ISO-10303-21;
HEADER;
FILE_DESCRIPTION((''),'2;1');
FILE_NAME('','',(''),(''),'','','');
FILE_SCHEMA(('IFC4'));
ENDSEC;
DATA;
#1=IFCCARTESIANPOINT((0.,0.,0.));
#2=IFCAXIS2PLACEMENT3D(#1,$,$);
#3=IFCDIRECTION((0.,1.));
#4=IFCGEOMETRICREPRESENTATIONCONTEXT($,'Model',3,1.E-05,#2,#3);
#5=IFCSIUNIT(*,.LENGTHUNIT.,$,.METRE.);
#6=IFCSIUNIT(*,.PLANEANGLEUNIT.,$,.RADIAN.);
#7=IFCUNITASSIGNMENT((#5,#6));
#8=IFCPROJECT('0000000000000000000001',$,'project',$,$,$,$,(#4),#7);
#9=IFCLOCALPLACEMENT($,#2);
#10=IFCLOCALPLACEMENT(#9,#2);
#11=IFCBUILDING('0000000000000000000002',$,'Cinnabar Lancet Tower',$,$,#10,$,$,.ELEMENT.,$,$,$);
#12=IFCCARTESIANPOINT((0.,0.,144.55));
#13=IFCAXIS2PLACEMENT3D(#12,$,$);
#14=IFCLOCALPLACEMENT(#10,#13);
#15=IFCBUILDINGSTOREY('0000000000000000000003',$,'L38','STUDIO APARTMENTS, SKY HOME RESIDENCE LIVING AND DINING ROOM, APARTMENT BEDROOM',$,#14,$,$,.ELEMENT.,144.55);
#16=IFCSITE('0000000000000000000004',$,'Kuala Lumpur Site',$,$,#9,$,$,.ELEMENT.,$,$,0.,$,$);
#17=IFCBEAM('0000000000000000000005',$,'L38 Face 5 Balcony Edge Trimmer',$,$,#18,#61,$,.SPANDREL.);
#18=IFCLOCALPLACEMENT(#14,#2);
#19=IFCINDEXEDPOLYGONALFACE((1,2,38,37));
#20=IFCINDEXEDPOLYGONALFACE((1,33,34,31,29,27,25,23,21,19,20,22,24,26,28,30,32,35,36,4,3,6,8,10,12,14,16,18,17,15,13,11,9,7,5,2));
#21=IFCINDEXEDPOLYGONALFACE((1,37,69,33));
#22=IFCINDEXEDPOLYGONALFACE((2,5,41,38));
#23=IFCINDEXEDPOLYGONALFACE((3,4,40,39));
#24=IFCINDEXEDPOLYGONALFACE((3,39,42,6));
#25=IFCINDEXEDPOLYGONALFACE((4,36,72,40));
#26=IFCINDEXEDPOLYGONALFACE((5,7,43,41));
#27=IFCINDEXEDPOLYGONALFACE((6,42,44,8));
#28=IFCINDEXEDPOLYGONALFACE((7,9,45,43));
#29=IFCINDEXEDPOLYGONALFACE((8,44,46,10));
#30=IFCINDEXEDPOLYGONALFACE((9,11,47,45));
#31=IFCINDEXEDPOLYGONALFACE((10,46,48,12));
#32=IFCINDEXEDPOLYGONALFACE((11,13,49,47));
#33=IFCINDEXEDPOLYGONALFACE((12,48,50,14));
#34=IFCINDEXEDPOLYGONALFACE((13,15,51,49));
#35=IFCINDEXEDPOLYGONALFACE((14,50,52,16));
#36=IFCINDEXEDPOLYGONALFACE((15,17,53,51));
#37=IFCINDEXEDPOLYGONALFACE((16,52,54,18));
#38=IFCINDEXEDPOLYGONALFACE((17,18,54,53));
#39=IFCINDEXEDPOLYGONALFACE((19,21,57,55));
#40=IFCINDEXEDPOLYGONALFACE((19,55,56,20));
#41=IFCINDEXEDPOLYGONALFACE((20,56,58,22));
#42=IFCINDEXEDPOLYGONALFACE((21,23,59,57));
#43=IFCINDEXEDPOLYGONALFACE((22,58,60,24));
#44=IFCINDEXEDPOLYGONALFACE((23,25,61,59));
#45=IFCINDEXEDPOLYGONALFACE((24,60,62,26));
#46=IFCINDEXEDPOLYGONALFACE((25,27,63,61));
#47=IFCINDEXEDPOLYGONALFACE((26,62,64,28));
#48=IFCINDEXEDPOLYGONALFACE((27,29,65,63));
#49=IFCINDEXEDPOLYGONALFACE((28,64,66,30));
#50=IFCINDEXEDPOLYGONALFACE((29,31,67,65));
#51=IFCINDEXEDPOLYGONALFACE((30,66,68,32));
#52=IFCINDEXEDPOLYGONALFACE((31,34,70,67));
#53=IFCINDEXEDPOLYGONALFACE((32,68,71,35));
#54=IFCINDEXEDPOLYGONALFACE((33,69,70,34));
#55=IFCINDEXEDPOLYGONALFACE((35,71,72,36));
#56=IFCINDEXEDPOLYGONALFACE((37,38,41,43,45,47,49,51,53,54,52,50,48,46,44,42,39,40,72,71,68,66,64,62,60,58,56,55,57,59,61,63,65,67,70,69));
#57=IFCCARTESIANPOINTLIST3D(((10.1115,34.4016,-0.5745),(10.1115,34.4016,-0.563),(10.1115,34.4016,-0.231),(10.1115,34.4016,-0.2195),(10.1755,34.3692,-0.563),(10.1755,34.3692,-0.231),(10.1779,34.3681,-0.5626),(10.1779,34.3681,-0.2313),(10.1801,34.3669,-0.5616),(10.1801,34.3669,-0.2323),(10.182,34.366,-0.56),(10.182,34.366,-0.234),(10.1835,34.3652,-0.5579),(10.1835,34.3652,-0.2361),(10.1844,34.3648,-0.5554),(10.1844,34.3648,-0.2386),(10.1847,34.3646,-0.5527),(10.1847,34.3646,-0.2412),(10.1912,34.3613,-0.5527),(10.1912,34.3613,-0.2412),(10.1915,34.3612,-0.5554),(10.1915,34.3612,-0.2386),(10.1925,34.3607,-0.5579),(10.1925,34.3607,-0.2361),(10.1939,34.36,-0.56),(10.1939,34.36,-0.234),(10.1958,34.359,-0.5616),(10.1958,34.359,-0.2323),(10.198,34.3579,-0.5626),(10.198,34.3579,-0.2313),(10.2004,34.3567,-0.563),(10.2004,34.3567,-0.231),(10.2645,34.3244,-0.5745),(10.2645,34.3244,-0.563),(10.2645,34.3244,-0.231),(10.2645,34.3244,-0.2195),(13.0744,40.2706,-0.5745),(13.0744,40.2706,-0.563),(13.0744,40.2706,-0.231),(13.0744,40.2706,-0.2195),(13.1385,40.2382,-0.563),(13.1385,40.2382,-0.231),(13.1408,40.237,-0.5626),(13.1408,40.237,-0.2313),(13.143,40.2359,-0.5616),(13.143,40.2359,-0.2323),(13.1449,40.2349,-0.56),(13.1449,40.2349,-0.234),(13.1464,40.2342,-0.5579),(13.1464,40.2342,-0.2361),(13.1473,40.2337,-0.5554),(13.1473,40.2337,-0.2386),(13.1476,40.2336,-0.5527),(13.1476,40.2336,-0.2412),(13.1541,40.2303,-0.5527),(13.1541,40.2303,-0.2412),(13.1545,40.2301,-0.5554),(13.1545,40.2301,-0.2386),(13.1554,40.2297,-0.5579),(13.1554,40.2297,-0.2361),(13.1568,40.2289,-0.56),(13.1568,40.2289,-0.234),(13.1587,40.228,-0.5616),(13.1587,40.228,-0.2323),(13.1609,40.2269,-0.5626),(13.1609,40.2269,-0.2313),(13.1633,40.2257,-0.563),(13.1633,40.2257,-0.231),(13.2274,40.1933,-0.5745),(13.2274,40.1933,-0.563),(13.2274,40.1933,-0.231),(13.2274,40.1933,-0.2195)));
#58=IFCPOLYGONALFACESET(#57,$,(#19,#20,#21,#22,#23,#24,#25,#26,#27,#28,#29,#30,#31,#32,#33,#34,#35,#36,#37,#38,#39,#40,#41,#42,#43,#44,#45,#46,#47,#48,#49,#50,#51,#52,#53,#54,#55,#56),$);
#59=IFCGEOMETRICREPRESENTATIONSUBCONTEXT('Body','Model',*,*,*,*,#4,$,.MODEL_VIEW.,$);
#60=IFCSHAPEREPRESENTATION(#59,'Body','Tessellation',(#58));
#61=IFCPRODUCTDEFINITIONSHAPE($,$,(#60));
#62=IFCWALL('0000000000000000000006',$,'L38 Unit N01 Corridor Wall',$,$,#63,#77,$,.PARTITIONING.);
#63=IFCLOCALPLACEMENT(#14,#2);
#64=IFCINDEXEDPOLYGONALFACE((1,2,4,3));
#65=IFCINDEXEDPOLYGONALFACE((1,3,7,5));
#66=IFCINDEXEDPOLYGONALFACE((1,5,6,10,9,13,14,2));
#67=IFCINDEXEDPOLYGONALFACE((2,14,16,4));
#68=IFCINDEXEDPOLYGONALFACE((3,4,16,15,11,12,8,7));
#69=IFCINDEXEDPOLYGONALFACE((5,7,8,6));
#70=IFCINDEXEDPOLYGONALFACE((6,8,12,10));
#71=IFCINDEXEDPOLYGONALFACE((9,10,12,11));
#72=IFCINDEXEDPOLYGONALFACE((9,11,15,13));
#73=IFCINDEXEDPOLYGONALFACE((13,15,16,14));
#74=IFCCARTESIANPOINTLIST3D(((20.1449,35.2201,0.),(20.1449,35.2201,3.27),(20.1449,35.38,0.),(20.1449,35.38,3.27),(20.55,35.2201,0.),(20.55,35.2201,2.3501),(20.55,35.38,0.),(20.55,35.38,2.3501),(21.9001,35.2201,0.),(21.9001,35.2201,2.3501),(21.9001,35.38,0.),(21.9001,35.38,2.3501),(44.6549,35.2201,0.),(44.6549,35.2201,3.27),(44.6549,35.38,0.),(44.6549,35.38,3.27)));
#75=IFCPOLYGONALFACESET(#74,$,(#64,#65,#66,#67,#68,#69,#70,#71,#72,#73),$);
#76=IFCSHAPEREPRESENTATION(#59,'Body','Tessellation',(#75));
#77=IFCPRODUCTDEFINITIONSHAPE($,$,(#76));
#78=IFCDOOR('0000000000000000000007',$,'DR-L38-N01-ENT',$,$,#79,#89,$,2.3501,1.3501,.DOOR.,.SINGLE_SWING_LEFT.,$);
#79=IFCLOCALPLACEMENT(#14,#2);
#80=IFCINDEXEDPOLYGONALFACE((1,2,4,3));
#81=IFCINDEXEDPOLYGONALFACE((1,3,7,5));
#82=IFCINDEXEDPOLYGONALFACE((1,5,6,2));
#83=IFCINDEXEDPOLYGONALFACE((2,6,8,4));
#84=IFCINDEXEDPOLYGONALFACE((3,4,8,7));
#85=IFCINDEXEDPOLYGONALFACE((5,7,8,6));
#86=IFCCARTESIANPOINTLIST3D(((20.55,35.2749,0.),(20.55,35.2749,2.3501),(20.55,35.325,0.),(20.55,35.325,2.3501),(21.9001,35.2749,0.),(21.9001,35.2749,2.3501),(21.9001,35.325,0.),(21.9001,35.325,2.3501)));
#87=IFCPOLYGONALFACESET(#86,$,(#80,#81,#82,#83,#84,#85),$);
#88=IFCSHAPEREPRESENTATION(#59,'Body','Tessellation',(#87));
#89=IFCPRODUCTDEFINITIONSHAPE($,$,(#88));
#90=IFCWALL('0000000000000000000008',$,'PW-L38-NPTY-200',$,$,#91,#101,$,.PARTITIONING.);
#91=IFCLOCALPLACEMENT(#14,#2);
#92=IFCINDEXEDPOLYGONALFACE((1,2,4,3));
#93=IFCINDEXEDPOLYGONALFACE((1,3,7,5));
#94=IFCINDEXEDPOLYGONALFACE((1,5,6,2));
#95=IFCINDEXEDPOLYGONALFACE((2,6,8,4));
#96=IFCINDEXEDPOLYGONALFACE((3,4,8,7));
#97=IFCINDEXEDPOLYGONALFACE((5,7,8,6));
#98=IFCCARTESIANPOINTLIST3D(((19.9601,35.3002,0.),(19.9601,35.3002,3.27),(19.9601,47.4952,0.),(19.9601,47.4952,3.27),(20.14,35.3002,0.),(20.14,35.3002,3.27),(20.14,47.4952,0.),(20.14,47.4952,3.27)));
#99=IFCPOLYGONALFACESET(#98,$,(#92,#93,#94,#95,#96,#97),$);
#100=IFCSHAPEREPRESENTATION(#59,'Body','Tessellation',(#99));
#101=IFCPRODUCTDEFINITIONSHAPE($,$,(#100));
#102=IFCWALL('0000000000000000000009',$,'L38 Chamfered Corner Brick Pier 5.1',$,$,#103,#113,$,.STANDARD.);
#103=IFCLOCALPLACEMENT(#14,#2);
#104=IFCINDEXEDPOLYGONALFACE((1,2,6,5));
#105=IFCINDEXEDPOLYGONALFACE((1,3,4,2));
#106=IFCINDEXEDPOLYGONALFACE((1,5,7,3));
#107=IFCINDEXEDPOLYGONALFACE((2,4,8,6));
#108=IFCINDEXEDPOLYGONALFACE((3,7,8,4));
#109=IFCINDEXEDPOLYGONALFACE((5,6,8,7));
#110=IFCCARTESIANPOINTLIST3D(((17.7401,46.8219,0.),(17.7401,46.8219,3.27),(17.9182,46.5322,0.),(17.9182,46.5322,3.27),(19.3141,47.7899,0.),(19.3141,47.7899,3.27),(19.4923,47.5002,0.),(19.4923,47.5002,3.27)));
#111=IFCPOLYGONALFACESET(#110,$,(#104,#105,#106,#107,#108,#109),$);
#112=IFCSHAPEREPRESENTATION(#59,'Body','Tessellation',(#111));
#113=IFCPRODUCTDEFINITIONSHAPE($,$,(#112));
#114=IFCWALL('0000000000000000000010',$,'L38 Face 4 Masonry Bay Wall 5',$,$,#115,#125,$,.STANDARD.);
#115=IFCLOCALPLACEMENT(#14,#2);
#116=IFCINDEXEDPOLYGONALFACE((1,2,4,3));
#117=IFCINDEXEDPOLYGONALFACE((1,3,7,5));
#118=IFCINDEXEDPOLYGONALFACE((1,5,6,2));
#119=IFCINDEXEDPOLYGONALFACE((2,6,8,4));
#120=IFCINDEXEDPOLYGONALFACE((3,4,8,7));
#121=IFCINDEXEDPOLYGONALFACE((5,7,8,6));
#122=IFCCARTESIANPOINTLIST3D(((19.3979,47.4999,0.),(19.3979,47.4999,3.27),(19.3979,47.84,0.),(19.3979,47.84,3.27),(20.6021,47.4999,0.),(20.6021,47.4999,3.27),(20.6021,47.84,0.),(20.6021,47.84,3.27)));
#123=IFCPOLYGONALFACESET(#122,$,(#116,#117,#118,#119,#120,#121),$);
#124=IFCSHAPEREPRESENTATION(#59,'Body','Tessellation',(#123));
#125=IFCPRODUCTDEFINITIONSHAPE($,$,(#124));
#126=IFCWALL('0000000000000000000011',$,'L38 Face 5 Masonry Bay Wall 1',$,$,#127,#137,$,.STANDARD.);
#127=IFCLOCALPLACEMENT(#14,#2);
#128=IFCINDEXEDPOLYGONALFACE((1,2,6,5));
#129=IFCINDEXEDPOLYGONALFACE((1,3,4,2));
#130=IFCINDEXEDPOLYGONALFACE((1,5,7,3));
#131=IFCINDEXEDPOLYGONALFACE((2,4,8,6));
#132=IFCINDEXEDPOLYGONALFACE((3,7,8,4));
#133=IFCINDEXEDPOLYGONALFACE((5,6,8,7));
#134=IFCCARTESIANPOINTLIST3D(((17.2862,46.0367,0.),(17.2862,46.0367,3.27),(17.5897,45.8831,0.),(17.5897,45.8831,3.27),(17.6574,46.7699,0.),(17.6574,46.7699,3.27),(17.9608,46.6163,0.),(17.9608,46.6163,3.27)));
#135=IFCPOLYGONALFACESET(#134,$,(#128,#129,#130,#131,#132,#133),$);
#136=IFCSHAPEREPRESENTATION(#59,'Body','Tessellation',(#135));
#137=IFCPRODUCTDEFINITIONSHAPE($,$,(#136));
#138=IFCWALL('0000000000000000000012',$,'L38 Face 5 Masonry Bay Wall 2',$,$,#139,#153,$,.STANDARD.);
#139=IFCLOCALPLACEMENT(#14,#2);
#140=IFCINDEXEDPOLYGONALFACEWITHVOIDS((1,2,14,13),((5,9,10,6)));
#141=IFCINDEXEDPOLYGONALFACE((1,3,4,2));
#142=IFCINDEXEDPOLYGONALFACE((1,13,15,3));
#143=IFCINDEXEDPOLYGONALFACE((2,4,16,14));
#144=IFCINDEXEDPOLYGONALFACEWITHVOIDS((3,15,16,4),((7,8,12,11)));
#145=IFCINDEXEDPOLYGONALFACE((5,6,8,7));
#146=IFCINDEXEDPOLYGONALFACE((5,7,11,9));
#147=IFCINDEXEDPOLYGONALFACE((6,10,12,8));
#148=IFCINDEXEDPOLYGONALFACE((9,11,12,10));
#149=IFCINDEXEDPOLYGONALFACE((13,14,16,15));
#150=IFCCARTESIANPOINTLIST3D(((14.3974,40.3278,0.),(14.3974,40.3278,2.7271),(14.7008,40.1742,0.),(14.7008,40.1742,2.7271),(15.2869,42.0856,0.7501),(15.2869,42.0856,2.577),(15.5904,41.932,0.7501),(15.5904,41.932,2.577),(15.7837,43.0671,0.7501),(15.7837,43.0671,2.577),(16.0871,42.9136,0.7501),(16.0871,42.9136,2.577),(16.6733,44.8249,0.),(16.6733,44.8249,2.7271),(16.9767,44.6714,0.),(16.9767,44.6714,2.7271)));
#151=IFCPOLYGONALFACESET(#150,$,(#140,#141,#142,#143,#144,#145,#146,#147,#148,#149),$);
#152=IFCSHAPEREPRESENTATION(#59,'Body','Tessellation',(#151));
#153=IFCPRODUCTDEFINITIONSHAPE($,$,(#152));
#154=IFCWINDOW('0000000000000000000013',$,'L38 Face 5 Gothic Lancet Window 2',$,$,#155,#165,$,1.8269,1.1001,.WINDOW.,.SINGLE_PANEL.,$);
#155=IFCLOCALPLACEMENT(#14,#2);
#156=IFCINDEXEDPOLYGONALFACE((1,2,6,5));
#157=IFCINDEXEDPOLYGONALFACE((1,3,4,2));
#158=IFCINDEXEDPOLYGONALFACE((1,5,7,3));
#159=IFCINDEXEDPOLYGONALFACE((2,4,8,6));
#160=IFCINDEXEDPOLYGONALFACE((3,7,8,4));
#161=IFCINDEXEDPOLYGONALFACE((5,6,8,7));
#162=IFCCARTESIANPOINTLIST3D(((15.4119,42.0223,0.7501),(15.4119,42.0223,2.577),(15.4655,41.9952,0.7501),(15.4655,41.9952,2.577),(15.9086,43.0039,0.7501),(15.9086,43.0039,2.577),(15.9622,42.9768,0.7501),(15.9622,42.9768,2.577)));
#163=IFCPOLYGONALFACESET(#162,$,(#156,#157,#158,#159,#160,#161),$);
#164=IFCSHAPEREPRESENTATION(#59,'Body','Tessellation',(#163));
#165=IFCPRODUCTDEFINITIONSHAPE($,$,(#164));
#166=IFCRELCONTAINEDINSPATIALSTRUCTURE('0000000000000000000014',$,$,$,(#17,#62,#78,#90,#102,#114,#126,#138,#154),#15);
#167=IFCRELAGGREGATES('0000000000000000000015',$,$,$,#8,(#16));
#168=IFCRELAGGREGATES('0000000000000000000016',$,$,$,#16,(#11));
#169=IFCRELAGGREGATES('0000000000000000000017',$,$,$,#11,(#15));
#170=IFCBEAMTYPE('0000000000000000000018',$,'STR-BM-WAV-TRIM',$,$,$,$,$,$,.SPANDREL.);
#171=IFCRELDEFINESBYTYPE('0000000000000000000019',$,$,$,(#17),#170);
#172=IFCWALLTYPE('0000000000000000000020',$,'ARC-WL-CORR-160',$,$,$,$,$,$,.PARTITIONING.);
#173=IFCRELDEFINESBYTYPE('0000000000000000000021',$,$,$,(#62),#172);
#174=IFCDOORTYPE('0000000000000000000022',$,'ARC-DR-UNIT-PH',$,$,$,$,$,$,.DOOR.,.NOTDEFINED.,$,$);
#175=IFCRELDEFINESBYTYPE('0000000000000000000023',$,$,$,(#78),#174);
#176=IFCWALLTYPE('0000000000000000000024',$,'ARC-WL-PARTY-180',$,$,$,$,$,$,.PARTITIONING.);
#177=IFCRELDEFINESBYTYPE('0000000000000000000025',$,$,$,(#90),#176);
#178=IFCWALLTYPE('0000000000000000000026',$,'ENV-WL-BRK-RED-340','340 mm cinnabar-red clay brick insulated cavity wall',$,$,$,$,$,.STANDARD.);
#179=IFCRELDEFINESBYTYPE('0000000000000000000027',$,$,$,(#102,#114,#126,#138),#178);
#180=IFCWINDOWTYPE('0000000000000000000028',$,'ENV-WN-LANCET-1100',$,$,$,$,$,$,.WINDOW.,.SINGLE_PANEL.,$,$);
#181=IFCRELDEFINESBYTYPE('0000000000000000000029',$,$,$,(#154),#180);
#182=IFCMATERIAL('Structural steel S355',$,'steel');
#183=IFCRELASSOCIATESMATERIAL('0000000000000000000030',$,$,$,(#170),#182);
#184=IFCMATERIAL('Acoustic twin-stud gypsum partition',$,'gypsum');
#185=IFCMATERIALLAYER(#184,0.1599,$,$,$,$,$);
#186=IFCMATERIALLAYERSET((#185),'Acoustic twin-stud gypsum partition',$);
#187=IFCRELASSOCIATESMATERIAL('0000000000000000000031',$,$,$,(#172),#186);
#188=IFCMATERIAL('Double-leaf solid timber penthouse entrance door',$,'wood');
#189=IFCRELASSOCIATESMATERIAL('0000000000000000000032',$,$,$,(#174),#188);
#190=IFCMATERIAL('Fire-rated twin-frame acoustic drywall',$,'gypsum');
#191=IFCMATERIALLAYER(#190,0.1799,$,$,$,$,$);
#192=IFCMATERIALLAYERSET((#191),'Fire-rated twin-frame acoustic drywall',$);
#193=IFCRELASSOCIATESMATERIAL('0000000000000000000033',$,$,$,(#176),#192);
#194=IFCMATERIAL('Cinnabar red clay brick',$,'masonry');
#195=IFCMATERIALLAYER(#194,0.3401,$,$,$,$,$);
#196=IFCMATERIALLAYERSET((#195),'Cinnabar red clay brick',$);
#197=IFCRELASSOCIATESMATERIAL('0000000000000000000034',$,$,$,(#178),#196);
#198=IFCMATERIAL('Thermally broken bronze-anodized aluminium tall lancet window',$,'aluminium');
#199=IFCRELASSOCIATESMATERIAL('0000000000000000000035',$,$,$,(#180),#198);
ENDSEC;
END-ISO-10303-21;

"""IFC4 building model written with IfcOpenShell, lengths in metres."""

from ifc_helpers import new_model, si_unit, direction, frame, frame_2d, origin, origin_2d, place, context, subcontext, project, spatial, rectangle, i_section, extrude, material, layer, layer_set, material_profile, profile_set, type_object, element, fill, save


model = new_model("IFC4")

# Units and contexts
model_context = context("Model", 3, precision=1e-05, world=origin(), true_north=direction((0.0, 1.0)))
body_context = subcontext(model_context, "Body", "Model", "MODEL_VIEW")
ifc_project = project(units=[si_unit("LENGTHUNIT", "METRE"), si_unit("PLANEANGLEUNIT", "RADIAN")], contexts=[model_context])

# Site, building, storey
site_placement = place(None, origin())
site = spatial("IfcSite", under=ifc_project, at=site_placement, Name="Kuala Lumpur Site", CompositionType="ELEMENT", RefElevation=0.0)
building_placement = place(site_placement, origin())
building = spatial("IfcBuilding", under=site, at=building_placement, Name="Cinnabar Lancet Tower", CompositionType="ELEMENT")
storey_placement = place(building_placement, frame((0.0, 0.0, 144.55)))
storey = spatial("IfcBuildingStorey", under=building, at=storey_placement, Name="L38", Description="STUDIO APARTMENTS, SKY HOME RESIDENCE LIVING AND DINING ROOM, APARTMENT BEDROOM", CompositionType="ELEMENT", Elevation=144.55)

# Beam
ifc_material_1 = material(Name="Structural steel S355", Category="steel")
ifc_material_profile_1 = material_profile(ifc_material_1, i_section(OverallWidth=0.1714, OverallDepth=0.355, WebThickness=0.0073, FlangeThickness=0.0115, FilletRadius=0.0103, at=origin_2d()), Name="UKB 356x171x51")
ifc_profile_set_1 = profile_set([ifc_material_profile_1], Name="Structural steel S355")
beam_type_1 = type_object("IfcBeamType", Name="STR-BM-WAV-TRIM", PredefinedType="SPANDREL", material=ifc_profile_set_1)
beam_1_placement = place(storey_placement, frame((13.1509, 40.2319, -0.397), z_axis=(-0.450671, -0.89269, 0.0), x_axis=(0.89269, -0.450671, 0.0)))
element("IfcBeam", 1, at=beam_1_placement, inside=storey, type_object=beam_type_1, Name="L38 Face 5 Balcony Edge Trimmer", PredefinedType="SPANDREL", context=body_context, shape_type="SweptSolid", body=[
    extrude(i_section(OverallWidth=0.1714, OverallDepth=0.355, WebThickness=0.0073, FlangeThickness=0.0115, FilletRadius=0.0103, at=origin_2d()), origin(), (0.0, 0.0, 1.0), 6.5745),
])

# Wall, opening, door
ifc_material_2 = material(Name="Acoustic twin-stud gypsum partition", Category="gypsum")
ifc_layer_1 = layer(ifc_material_2, 0.1599)
ifc_layer_set_1 = layer_set([ifc_layer_1], Name="Acoustic twin-stud gypsum partition")
wall_type_1 = type_object("IfcWallType", Name="ARC-WL-CORR-160", PredefinedType="PARTITIONING", material=ifc_layer_set_1)
wall_1_placement = place(storey_placement, frame((20.145, 35.3, 0.0), z_axis=(0.0, 0.0, 1.0), x_axis=(1.0, 0.0, 0.0)))
wall_1 = element("IfcWall", 2, at=wall_1_placement, inside=storey, type_object=wall_type_1, Name="L38 Unit N01 Corridor Wall", PredefinedType="PARTITIONING", context=body_context, shape_type="SweptSolid", body=[
    extrude(rectangle(XDim=24.51, YDim=0.1599, at=frame_2d((12.2549, 0.0))), origin(), (0.0, 0.0, 1.0), 3.27),
])
opening_1_placement = place(wall_1_placement, frame((0.405, 0.0, 0.0)))
opening_1 = element("IfcOpeningElement", 3, at=opening_1_placement, cuts=wall_1, PredefinedType="OPENING", context=body_context, shape_type="SweptSolid", body=[
    extrude(rectangle(XDim=1.3501, YDim=2.3501, at=frame_2d((0.675, 1.175))), frame((0.0, 0.0898, 0.0), z_axis=(0.0, -1.0, 0.0), x_axis=(1.0, 0.0, 0.0)), (0.0, 0.0, 1.0), 0.1799),
])
ifc_material_3 = material(Name="Double-leaf solid timber penthouse entrance door", Category="wood")
door_type_1 = type_object("IfcDoorType", Name="ARC-DR-UNIT-PH", OperationType="NOTDEFINED", PredefinedType="DOOR", material=ifc_material_3)
door_1_placement = place(opening_1_placement, origin())
door_1 = element("IfcDoor", 4, at=door_1_placement, inside=storey, type_object=door_type_1, Name="DR-L38-N01-ENT", OperationType="SINGLE_SWING_LEFT", OverallHeight=2.3501, OverallWidth=1.3501, PredefinedType="DOOR", context=body_context, shape_type="SweptSolid", body=[
    extrude(rectangle(XDim=1.3501, YDim=2.3501, at=frame_2d((0.675, 1.175))), frame((0.0, 0.0249, 0.0), z_axis=(0.0, -1.0, 0.0), x_axis=(1.0, 0.0, 0.0)), (0.0, 0.0, 1.0), 0.05),
])
fill(opening_1, door_1)

# Walls
ifc_material_4 = material(Name="Fire-rated twin-frame acoustic drywall", Category="gypsum")
ifc_layer_2 = layer(ifc_material_4, 0.1799)
ifc_layer_set_2 = layer_set([ifc_layer_2], Name="Fire-rated twin-frame acoustic drywall")
wall_type_2 = type_object("IfcWallType", Name="ARC-WL-PARTY-180", PredefinedType="PARTITIONING", material=ifc_layer_set_2)
wall_2_placement = place(storey_placement, frame((20.05, 35.3, 0.0), z_axis=(0.0, 0.0, 1.0), x_axis=(0.0, 1.0, 0.0)))
element("IfcWall", 5, at=wall_2_placement, inside=storey, type_object=wall_type_2, Name="PW-L38-NPTY-200", PredefinedType="PARTITIONING", context=body_context, shape_type="SweptSolid", body=[
    extrude(rectangle(XDim=12.1951, YDim=0.1799, at=frame_2d((6.0977, 0.0))), origin(), (0.0, 0.0, 1.0), 3.27),
])
ifc_material_5 = material(Name="Cinnabar red clay brick", Category="masonry")
ifc_layer_3 = layer(ifc_material_5, 0.3401)
ifc_layer_set_3 = layer_set([ifc_layer_3], Name="Cinnabar red clay brick")
wall_type_3 = type_object("IfcWallType", Name="ENV-WL-BRK-RED-340", Description="340 mm cinnabar-red clay brick insulated cavity wall", PredefinedType="STANDARD", material=ifc_layer_set_3)
wall_3_placement = place(storey_placement, frame((19.4031, 47.645, 0.0), z_axis=(0.0, 0.0, 1.0), x_axis=(-0.851799, -0.523869, 0.0)))
element("IfcWall", 6, at=wall_3_placement, inside=storey, type_object=wall_type_3, Name="L38 Chamfered Corner Brick Pier 5.1", PredefinedType="STANDARD", context=body_context, shape_type="SweptSolid", body=[
    extrude(rectangle(XDim=1.8479, YDim=0.3401, at=frame_2d((0.9238, 0.0))), origin(), (0.0, 0.0, 1.0), 3.27),
])
wall_4_placement = place(storey_placement, frame((20.6021, 47.6699, 0.0), z_axis=(0.0, 0.0, 1.0), x_axis=(-1.0, 0.0, 0.0)))
element("IfcWall", 7, at=wall_4_placement, inside=storey, type_object=wall_type_3, Name="L38 Face 4 Masonry Bay Wall 5", PredefinedType="STANDARD", context=body_context, shape_type="SweptSolid", body=[
    extrude(rectangle(XDim=1.2041, YDim=0.3401, at=frame_2d((0.6021, 0.0))), origin(), (0.0, 0.0, 1.0), 3.27),
])
wall_5_placement = place(storey_placement, frame((17.8091, 46.6931, 0.0), z_axis=(0.0, 0.0, 1.0), x_axis=(-0.451605, -0.892218, 0.0)))
element("IfcWall", 8, at=wall_5_placement, inside=storey, type_object=wall_type_3, Name="L38 Face 5 Masonry Bay Wall 1", PredefinedType="STANDARD", context=body_context, shape_type="SweptSolid", body=[
    extrude(rectangle(XDim=0.8218, YDim=0.3401, at=frame_2d((0.4109, 0.0))), origin(), (0.0, 0.0, 1.0), 3.27),
])

# Wall, opening, window
wall_6_placement = place(storey_placement, frame((16.825, 44.748, 0.0), z_axis=(0.0, 0.0, 1.0), x_axis=(-0.451548, -0.892247, 0.0)))
wall_6 = element("IfcWall", 9, at=wall_6_placement, inside=storey, type_object=wall_type_3, Name="L38 Face 5 Masonry Bay Wall 2", PredefinedType="STANDARD", context=body_context, shape_type="SweptSolid", body=[
    extrude(rectangle(XDim=5.0403, YDim=0.3401, at=frame_2d((2.52, 0.0))), origin(), (0.0, 0.0, 1.0), 2.7271),
])
opening_2_placement = place(wall_6_placement, frame((1.97, 0.0, 0.75)))
opening_2 = element("IfcOpeningElement", 10, at=opening_2_placement, cuts=wall_6, PredefinedType="OPENING", context=body_context, shape_type="SweptSolid", body=[
    extrude(rectangle(XDim=1.1001, YDim=1.8269, at=frame_2d((0.55, 0.9136))), frame((0.0, 0.1799, 0.0), z_axis=(0.0, -1.0, 0.0), x_axis=(1.0, 0.0, 0.0)), (0.0, 0.0, 1.0), 0.3601),
])
ifc_material_6 = material(Name="Thermally broken bronze-anodized aluminium tall lancet window", Category="aluminium")
window_type = type_object("IfcWindowType", Name="ENV-WN-LANCET-1100", PartitioningType="SINGLE_PANEL", PredefinedType="WINDOW", material=ifc_material_6)
window_placement = place(opening_2_placement, origin())
window = element("IfcWindow", 11, at=window_placement, inside=storey, type_object=window_type, Name="L38 Face 5 Gothic Lancet Window 2", OverallHeight=1.8269, OverallWidth=1.1001, PartitioningType="SINGLE_PANEL", PredefinedType="WINDOW", context=body_context, shape_type="SweptSolid", body=[
    extrude(rectangle(XDim=1.1001, YDim=1.8269, at=frame_2d((0.55, 0.9136))), frame((0.0, 0.03, 0.0), z_axis=(0.0, -1.0, 0.0), x_axis=(1.0, 0.0, 0.0)), (0.0, 0.0, 1.0), 0.0601),
])
fill(opening_2, window)

save(model, "model.ifc")
